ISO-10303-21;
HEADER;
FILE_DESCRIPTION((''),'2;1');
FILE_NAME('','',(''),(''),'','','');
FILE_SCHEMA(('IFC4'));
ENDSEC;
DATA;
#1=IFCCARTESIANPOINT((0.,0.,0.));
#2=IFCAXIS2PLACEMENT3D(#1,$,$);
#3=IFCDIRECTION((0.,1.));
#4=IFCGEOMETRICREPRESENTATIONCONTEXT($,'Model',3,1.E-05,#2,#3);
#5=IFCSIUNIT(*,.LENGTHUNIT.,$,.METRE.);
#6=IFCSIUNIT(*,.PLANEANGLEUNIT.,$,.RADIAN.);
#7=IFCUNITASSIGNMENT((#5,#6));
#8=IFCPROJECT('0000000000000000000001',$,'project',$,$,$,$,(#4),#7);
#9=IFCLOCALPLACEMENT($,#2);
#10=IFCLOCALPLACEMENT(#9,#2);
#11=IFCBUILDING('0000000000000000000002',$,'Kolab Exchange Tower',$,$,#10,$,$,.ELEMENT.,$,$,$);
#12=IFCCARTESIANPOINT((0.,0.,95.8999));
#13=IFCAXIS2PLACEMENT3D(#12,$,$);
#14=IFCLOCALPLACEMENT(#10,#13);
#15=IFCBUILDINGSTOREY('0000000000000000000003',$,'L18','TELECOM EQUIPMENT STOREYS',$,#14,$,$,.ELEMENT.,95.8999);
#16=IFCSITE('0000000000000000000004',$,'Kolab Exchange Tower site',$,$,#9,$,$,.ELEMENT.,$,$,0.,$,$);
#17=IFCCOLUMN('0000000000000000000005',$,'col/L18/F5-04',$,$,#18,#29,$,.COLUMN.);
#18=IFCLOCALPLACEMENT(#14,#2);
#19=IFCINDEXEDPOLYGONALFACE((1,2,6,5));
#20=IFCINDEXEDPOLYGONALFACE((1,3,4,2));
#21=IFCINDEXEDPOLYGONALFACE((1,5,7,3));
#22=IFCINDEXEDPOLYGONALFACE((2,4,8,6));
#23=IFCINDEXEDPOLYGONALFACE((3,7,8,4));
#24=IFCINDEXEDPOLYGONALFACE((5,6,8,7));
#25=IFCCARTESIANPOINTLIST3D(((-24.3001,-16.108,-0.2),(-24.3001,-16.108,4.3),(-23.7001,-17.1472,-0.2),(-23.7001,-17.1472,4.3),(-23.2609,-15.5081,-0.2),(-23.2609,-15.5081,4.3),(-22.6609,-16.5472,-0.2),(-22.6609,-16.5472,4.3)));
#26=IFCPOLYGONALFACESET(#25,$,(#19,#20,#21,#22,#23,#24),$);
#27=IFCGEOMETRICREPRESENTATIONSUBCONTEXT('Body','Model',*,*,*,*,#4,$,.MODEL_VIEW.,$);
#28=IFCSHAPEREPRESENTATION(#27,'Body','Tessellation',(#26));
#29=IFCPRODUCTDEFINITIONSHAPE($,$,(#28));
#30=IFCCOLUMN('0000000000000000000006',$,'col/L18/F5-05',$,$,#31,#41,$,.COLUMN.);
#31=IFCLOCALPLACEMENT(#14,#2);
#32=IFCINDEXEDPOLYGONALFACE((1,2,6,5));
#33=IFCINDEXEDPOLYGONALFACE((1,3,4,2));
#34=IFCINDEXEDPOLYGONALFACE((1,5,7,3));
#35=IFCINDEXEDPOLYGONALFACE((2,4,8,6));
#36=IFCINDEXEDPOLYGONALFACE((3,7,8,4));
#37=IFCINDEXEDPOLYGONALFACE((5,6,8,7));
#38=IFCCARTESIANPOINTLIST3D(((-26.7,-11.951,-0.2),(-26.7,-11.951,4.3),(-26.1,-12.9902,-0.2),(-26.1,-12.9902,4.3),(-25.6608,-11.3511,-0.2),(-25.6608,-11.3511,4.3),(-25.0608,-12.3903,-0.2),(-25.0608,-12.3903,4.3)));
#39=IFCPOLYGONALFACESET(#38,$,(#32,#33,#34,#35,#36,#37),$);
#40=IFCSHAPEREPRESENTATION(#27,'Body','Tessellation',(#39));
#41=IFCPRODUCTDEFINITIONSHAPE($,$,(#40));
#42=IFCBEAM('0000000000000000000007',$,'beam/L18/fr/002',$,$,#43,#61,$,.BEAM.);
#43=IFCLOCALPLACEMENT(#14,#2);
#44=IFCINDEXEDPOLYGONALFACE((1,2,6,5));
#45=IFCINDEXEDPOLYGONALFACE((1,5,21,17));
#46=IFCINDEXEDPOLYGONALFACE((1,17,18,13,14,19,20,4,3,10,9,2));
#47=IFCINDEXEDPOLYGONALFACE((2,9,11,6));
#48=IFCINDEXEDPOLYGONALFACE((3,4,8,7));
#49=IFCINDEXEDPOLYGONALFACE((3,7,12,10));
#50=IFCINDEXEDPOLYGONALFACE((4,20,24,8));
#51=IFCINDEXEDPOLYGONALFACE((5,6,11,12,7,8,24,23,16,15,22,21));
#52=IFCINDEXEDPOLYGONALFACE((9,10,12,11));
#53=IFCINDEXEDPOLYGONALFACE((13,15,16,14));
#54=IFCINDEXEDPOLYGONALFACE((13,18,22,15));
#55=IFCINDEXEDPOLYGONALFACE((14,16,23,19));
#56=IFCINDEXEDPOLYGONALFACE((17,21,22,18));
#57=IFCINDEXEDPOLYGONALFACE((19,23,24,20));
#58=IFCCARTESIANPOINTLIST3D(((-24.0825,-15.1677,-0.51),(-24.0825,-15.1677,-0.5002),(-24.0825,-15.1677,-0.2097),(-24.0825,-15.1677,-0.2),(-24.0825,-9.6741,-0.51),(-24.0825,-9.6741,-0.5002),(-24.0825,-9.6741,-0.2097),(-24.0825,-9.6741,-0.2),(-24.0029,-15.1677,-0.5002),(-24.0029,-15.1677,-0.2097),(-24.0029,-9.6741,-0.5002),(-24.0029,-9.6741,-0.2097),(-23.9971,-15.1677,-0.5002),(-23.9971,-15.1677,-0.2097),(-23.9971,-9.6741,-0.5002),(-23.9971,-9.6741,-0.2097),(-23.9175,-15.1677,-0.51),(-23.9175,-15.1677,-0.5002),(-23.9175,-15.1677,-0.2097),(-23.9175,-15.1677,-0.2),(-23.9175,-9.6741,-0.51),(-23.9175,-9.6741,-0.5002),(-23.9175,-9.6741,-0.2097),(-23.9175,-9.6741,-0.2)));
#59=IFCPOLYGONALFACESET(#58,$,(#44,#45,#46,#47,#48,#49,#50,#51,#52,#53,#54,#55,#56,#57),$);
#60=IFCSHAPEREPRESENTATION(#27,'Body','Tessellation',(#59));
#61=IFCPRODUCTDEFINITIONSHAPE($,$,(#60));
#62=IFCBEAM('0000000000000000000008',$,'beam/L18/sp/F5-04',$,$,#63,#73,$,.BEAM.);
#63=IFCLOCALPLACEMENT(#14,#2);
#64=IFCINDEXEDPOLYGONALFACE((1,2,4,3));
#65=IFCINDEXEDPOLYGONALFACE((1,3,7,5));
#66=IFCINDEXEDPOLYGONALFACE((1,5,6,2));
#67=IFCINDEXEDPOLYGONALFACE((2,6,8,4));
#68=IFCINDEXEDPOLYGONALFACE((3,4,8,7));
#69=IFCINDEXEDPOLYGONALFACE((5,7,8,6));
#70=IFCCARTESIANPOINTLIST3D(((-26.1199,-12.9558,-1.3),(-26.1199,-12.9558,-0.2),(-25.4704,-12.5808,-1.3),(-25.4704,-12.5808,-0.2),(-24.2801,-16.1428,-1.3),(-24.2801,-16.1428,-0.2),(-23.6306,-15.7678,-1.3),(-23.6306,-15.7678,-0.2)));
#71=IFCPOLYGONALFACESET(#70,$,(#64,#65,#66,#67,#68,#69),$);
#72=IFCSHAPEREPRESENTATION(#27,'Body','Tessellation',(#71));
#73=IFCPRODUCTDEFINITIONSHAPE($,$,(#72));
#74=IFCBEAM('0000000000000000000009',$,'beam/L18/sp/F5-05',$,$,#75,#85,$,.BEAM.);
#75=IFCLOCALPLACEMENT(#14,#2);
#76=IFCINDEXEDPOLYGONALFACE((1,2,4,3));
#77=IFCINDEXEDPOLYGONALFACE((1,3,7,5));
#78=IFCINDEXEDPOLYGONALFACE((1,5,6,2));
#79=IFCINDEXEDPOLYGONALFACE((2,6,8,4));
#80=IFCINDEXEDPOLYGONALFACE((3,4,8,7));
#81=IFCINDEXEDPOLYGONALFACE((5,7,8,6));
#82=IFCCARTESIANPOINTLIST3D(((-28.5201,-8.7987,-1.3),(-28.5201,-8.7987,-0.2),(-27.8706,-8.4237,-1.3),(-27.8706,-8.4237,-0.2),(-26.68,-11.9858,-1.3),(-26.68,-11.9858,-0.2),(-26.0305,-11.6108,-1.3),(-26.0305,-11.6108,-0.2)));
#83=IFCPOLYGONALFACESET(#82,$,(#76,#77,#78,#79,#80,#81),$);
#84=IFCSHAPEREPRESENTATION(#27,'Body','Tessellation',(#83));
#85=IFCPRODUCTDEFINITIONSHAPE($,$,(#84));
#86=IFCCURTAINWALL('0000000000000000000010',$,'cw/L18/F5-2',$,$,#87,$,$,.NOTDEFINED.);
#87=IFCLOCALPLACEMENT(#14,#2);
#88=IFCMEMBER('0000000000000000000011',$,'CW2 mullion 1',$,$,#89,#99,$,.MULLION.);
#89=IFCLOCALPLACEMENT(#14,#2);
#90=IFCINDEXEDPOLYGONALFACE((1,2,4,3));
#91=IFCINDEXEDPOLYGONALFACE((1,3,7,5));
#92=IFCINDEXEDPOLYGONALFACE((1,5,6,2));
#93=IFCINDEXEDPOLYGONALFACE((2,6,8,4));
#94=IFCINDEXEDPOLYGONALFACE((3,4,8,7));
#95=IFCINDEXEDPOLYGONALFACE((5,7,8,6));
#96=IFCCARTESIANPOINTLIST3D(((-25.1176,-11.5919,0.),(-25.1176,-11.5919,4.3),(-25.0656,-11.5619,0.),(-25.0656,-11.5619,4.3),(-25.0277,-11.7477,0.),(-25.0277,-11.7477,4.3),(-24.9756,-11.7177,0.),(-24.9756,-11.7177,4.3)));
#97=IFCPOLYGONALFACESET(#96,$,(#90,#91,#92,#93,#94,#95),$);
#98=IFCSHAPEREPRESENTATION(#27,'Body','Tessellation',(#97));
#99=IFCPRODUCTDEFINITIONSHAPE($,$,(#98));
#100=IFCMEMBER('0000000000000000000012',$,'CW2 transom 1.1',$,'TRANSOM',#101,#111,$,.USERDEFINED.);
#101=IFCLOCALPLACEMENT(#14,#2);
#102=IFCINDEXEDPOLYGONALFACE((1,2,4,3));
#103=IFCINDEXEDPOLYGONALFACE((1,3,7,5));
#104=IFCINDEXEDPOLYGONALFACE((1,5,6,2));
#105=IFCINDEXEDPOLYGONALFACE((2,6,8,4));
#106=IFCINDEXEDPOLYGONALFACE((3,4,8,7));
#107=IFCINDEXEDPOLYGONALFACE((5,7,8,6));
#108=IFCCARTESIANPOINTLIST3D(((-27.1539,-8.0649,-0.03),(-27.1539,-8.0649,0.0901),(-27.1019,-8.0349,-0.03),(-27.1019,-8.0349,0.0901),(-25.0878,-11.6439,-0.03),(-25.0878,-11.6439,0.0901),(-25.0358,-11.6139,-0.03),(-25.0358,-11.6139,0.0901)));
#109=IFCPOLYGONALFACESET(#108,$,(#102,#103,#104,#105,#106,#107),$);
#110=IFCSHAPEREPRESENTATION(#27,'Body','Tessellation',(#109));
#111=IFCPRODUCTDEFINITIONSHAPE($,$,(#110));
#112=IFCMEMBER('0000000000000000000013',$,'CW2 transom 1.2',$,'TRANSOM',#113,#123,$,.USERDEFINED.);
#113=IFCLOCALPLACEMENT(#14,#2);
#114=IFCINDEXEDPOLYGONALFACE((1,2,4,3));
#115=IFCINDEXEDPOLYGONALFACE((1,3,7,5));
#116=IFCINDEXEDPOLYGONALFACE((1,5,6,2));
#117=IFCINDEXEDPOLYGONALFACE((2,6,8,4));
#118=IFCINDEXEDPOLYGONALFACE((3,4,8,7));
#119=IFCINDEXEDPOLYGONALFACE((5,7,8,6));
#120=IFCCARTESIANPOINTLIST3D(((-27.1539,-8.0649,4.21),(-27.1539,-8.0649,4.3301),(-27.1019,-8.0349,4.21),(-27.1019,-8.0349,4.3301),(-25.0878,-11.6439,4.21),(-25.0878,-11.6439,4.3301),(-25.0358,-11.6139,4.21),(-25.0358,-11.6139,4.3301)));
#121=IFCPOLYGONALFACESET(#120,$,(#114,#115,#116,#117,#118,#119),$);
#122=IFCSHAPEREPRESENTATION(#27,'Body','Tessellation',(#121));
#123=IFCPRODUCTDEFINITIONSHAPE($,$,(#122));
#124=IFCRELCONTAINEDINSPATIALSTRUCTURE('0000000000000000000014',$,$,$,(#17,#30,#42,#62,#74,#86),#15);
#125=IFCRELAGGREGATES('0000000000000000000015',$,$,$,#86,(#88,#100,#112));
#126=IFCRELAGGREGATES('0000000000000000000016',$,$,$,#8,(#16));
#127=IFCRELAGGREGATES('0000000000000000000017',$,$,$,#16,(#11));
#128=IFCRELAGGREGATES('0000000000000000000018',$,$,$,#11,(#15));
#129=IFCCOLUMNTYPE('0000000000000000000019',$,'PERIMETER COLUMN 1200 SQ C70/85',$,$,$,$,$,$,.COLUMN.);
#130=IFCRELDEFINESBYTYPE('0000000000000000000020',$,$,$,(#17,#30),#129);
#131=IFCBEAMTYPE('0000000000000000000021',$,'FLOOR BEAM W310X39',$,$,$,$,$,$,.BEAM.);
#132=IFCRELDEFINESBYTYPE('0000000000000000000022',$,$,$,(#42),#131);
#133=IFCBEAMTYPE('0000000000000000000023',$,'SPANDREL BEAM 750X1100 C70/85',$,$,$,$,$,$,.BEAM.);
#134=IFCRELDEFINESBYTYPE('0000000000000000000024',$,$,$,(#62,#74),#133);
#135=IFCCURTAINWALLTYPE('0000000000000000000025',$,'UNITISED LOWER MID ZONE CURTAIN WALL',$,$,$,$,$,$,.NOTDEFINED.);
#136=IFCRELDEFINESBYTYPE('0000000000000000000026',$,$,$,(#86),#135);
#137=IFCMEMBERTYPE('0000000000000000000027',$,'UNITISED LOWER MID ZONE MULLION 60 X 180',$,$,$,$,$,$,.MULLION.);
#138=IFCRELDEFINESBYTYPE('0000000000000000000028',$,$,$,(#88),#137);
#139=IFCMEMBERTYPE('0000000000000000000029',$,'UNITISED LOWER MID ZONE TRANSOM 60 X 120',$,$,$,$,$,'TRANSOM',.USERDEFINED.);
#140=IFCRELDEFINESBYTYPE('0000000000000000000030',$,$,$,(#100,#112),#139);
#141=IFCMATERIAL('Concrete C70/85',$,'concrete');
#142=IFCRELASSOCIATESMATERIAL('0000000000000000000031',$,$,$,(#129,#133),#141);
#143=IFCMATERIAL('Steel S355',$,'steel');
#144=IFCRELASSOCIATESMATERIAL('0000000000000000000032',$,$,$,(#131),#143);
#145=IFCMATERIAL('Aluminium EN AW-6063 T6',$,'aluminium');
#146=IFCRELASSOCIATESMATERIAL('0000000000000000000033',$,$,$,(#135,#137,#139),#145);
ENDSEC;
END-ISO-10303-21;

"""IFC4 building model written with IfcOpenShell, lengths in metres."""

from ifc_helpers import new_model, si_unit, direction, frame, origin, origin_2d, place, context, subcontext, project, spatial, rectangle, i_section, extrude, material, material_profile, profile_set, type_object, element, aggregate, save


model = new_model("IFC4")

# Units and contexts
model_context = context("Model", 3, precision=1e-05, world=origin(), true_north=direction((0.0, 1.0)))
body_context = subcontext(model_context, "Body", "Model", "MODEL_VIEW")
ifc_project = project(units=[si_unit("LENGTHUNIT", "METRE"), si_unit("PLANEANGLEUNIT", "RADIAN")], contexts=[model_context])

# Site, building, storey
site_placement = place(None, origin())
site = spatial("IfcSite", under=ifc_project, at=site_placement, Name="Kolab Exchange Tower site", CompositionType="ELEMENT", RefElevation=0.0)
building_placement = place(site_placement, origin())
building = spatial("IfcBuilding", under=site, at=building_placement, Name="Kolab Exchange Tower", CompositionType="ELEMENT")
storey_placement = place(building_placement, frame((0.0, 0.0, 95.8999)))
storey = spatial("IfcBuildingStorey", under=building, at=storey_placement, Name="L18", Description="TELECOM EQUIPMENT STOREYS", CompositionType="ELEMENT", Elevation=95.8999)

# Columns
ifc_material_1 = material(Name="Concrete C70/85", Category="concrete")
ifc_material_profile_1 = material_profile(ifc_material_1, rectangle(XDim=1.2, YDim=1.2, at=origin_2d()), Name="RC1200")
ifc_profile_set_1 = profile_set([ifc_material_profile_1], Name="Concrete C70/85")
column_type = type_object("IfcColumnType", Name="PERIMETER COLUMN 1200 SQ C70/85", PredefinedType="COLUMN", material=ifc_profile_set_1)
for number, where, z_axis, x_axis, name in (
    (1, (-23.4805, -16.3276, -0.2), (0.0, 0.0, 1.0), (0.866025, 0.5, 0.0), "col/L18/F5-04"),
    (2, (-25.8804, -12.1707, -0.2), (0.0, 0.0, 1.0), (0.866025, 0.5, 0.0), "col/L18/F5-05"),
):
    element("IfcColumn", number, at=place(storey_placement, frame(where, z_axis=z_axis, x_axis=x_axis)), inside=storey, type_object=column_type, Name=name, PredefinedType="COLUMN", context=body_context, shape_type="SweptSolid", body=[
        extrude(rectangle(XDim=1.2, YDim=1.2, at=origin_2d()), origin(), (0.0, 0.0, 1.0), 4.5),
    ])

# Beams
ifc_material_2 = material(Name="Steel S355", Category="steel")
ifc_material_profile_2 = material_profile(ifc_material_2, i_section(OverallWidth=0.165, OverallDepth=0.3101, WebThickness=0.0059, FlangeThickness=0.0098, at=origin_2d()), Name="W310X39")
ifc_profile_set_2 = profile_set([ifc_material_profile_2], Name="Steel S355")
beam_type_1 = type_object("IfcBeamType", Name="FLOOR BEAM W310X39", PredefinedType="BEAM", material=ifc_profile_set_2)
beam_1_placement = place(storey_placement, frame((-24.0, -15.1677, -0.355), z_axis=(0.0, 1.0, 0.0), x_axis=(-1.0, 0.0, 0.0)))
element("IfcBeam", 3, at=beam_1_placement, inside=storey, type_object=beam_type_1, Name="beam/L18/fr/002", PredefinedType="BEAM", context=body_context, shape_type="SweptSolid", body=[
    extrude(i_section(OverallWidth=0.165, OverallDepth=0.3101, WebThickness=0.0059, FlangeThickness=0.0098, at=origin_2d()), origin(), (0.0, 0.0, 1.0), 5.4937),
])
ifc_material_profile_3 = material_profile(ifc_material_1, rectangle(XDim=0.75, YDim=1.1001, at=origin_2d()), Name="RC750X1100")
ifc_profile_set_3 = profile_set([ifc_material_profile_3], Name="Concrete C70/85")
beam_type_2 = type_object("IfcBeamType", Name="SPANDREL BEAM 750X1100 C70/85", PredefinedType="BEAM", material=ifc_profile_set_3)
beam_2_placement = place(storey_placement, frame((-23.9553, -15.9553, -0.75), z_axis=(-0.499964, 0.866046, 0.0), x_axis=(-0.866046, -0.499964, 0.0)))
element("IfcBeam", 4, at=beam_2_placement, inside=storey, type_object=beam_type_2, Name="beam/L18/sp/F5-04", PredefinedType="BEAM", context=body_context, shape_type="SweptSolid", body=[
    extrude(rectangle(XDim=0.75, YDim=1.1001, at=origin_2d()), origin(), (0.0, 0.0, 1.0), 3.6799),
])
beam_3_placement = place(storey_placement, frame((-26.3552, -11.7983, -0.75), z_axis=(-0.500013, 0.866018, 0.0), x_axis=(-0.866018, -0.500013, 0.0)))
element("IfcBeam", 5, at=beam_3_placement, inside=storey, type_object=beam_type_2, Name="beam/L18/sp/F5-05", PredefinedType="BEAM", context=body_context, shape_type="SweptSolid", body=[
    extrude(rectangle(XDim=0.75, YDim=1.1001, at=origin_2d()), origin(), (0.0, 0.0, 1.0), 3.6802),
])

# Curtain wall, members
ifc_material_3 = material(Name="Aluminium EN AW-6063 T6", Category="aluminium")
curtain_wall_type = type_object("IfcCurtainWallType", Name="UNITISED LOWER MID ZONE CURTAIN WALL", PredefinedType="NOTDEFINED", material=ifc_material_3)
curtain_wall_placement = place(storey_placement, origin())
curtain_wall = element("IfcCurtainWall", 6, at=curtain_wall_placement, inside=storey, type_object=curtain_wall_type, Name="cw/L18/F5-2", PredefinedType="NOTDEFINED")
ifc_material_profile_4 = material_profile(ifc_material_3, rectangle(XDim=0.0601, YDim=0.1799, at=origin_2d()), Name="RECT 60X180")
ifc_profile_set_4 = profile_set([ifc_material_profile_4], Name="Aluminium EN AW-6063 T6")
member_type_1 = type_object("IfcMemberType", Name="UNITISED LOWER MID ZONE MULLION 60 X 180", PredefinedType="MULLION", material=ifc_profile_set_4)
member_1_placement = place(storey_placement, frame((-25.0466, -11.6548, 0.0), z_axis=(0.0, 0.0, 1.0), x_axis=(-0.866025, -0.5, 0.0)))
member_1 = element("IfcMember", 7, at=member_1_placement, type_object=member_type_1, Name="CW2 mullion 1", PredefinedType="MULLION", context=body_context, shape_type="SweptSolid", body=[
    extrude(rectangle(XDim=0.0601, YDim=0.1799, at=origin_2d()), origin(), (0.0, 0.0, 1.0), 4.3),
])
ifc_material_profile_5 = material_profile(ifc_material_3, rectangle(XDim=0.0601, YDim=0.1201, at=origin_2d()), Name="RECT 60X120")
ifc_profile_set_5 = profile_set([ifc_material_profile_5], Name="Aluminium EN AW-6063 T6")
member_type_2 = type_object("IfcMemberType", Name="UNITISED LOWER MID ZONE TRANSOM 60 X 120", ElementType="TRANSOM", PredefinedType="USERDEFINED", material=ifc_profile_set_5)
member_2_placement = place(storey_placement, frame((-25.0618, -11.6289, 0.03), z_axis=(-0.499958, 0.86605, 0.0), x_axis=(-0.86605, -0.499958, 0.0)))
member_2 = element("IfcMember", 8, at=member_2_placement, type_object=member_type_2, Name="CW2 transom 1.1", ObjectType="TRANSOM", PredefinedType="USERDEFINED", context=body_context, shape_type="SweptSolid", body=[
    extrude(rectangle(XDim=0.0601, YDim=0.1201, at=origin_2d()), origin(), (0.0, 0.0, 1.0), 4.1326),
])
member_3_placement = place(storey_placement, frame((-25.0618, -11.6289, 4.27), z_axis=(-0.499958, 0.86605, 0.0), x_axis=(-0.86605, -0.499958, 0.0)))
member_3 = element("IfcMember", 9, at=member_3_placement, type_object=member_type_2, Name="CW2 transom 1.2", ObjectType="TRANSOM", PredefinedType="USERDEFINED", context=body_context, shape_type="SweptSolid", body=[
    extrude(rectangle(XDim=0.0601, YDim=0.1201, at=origin_2d()), origin(), (0.0, 0.0, 1.0), 4.1326),
])
aggregate(curtain_wall, [member_1, member_2, member_3])

save(model, "model.ifc")
